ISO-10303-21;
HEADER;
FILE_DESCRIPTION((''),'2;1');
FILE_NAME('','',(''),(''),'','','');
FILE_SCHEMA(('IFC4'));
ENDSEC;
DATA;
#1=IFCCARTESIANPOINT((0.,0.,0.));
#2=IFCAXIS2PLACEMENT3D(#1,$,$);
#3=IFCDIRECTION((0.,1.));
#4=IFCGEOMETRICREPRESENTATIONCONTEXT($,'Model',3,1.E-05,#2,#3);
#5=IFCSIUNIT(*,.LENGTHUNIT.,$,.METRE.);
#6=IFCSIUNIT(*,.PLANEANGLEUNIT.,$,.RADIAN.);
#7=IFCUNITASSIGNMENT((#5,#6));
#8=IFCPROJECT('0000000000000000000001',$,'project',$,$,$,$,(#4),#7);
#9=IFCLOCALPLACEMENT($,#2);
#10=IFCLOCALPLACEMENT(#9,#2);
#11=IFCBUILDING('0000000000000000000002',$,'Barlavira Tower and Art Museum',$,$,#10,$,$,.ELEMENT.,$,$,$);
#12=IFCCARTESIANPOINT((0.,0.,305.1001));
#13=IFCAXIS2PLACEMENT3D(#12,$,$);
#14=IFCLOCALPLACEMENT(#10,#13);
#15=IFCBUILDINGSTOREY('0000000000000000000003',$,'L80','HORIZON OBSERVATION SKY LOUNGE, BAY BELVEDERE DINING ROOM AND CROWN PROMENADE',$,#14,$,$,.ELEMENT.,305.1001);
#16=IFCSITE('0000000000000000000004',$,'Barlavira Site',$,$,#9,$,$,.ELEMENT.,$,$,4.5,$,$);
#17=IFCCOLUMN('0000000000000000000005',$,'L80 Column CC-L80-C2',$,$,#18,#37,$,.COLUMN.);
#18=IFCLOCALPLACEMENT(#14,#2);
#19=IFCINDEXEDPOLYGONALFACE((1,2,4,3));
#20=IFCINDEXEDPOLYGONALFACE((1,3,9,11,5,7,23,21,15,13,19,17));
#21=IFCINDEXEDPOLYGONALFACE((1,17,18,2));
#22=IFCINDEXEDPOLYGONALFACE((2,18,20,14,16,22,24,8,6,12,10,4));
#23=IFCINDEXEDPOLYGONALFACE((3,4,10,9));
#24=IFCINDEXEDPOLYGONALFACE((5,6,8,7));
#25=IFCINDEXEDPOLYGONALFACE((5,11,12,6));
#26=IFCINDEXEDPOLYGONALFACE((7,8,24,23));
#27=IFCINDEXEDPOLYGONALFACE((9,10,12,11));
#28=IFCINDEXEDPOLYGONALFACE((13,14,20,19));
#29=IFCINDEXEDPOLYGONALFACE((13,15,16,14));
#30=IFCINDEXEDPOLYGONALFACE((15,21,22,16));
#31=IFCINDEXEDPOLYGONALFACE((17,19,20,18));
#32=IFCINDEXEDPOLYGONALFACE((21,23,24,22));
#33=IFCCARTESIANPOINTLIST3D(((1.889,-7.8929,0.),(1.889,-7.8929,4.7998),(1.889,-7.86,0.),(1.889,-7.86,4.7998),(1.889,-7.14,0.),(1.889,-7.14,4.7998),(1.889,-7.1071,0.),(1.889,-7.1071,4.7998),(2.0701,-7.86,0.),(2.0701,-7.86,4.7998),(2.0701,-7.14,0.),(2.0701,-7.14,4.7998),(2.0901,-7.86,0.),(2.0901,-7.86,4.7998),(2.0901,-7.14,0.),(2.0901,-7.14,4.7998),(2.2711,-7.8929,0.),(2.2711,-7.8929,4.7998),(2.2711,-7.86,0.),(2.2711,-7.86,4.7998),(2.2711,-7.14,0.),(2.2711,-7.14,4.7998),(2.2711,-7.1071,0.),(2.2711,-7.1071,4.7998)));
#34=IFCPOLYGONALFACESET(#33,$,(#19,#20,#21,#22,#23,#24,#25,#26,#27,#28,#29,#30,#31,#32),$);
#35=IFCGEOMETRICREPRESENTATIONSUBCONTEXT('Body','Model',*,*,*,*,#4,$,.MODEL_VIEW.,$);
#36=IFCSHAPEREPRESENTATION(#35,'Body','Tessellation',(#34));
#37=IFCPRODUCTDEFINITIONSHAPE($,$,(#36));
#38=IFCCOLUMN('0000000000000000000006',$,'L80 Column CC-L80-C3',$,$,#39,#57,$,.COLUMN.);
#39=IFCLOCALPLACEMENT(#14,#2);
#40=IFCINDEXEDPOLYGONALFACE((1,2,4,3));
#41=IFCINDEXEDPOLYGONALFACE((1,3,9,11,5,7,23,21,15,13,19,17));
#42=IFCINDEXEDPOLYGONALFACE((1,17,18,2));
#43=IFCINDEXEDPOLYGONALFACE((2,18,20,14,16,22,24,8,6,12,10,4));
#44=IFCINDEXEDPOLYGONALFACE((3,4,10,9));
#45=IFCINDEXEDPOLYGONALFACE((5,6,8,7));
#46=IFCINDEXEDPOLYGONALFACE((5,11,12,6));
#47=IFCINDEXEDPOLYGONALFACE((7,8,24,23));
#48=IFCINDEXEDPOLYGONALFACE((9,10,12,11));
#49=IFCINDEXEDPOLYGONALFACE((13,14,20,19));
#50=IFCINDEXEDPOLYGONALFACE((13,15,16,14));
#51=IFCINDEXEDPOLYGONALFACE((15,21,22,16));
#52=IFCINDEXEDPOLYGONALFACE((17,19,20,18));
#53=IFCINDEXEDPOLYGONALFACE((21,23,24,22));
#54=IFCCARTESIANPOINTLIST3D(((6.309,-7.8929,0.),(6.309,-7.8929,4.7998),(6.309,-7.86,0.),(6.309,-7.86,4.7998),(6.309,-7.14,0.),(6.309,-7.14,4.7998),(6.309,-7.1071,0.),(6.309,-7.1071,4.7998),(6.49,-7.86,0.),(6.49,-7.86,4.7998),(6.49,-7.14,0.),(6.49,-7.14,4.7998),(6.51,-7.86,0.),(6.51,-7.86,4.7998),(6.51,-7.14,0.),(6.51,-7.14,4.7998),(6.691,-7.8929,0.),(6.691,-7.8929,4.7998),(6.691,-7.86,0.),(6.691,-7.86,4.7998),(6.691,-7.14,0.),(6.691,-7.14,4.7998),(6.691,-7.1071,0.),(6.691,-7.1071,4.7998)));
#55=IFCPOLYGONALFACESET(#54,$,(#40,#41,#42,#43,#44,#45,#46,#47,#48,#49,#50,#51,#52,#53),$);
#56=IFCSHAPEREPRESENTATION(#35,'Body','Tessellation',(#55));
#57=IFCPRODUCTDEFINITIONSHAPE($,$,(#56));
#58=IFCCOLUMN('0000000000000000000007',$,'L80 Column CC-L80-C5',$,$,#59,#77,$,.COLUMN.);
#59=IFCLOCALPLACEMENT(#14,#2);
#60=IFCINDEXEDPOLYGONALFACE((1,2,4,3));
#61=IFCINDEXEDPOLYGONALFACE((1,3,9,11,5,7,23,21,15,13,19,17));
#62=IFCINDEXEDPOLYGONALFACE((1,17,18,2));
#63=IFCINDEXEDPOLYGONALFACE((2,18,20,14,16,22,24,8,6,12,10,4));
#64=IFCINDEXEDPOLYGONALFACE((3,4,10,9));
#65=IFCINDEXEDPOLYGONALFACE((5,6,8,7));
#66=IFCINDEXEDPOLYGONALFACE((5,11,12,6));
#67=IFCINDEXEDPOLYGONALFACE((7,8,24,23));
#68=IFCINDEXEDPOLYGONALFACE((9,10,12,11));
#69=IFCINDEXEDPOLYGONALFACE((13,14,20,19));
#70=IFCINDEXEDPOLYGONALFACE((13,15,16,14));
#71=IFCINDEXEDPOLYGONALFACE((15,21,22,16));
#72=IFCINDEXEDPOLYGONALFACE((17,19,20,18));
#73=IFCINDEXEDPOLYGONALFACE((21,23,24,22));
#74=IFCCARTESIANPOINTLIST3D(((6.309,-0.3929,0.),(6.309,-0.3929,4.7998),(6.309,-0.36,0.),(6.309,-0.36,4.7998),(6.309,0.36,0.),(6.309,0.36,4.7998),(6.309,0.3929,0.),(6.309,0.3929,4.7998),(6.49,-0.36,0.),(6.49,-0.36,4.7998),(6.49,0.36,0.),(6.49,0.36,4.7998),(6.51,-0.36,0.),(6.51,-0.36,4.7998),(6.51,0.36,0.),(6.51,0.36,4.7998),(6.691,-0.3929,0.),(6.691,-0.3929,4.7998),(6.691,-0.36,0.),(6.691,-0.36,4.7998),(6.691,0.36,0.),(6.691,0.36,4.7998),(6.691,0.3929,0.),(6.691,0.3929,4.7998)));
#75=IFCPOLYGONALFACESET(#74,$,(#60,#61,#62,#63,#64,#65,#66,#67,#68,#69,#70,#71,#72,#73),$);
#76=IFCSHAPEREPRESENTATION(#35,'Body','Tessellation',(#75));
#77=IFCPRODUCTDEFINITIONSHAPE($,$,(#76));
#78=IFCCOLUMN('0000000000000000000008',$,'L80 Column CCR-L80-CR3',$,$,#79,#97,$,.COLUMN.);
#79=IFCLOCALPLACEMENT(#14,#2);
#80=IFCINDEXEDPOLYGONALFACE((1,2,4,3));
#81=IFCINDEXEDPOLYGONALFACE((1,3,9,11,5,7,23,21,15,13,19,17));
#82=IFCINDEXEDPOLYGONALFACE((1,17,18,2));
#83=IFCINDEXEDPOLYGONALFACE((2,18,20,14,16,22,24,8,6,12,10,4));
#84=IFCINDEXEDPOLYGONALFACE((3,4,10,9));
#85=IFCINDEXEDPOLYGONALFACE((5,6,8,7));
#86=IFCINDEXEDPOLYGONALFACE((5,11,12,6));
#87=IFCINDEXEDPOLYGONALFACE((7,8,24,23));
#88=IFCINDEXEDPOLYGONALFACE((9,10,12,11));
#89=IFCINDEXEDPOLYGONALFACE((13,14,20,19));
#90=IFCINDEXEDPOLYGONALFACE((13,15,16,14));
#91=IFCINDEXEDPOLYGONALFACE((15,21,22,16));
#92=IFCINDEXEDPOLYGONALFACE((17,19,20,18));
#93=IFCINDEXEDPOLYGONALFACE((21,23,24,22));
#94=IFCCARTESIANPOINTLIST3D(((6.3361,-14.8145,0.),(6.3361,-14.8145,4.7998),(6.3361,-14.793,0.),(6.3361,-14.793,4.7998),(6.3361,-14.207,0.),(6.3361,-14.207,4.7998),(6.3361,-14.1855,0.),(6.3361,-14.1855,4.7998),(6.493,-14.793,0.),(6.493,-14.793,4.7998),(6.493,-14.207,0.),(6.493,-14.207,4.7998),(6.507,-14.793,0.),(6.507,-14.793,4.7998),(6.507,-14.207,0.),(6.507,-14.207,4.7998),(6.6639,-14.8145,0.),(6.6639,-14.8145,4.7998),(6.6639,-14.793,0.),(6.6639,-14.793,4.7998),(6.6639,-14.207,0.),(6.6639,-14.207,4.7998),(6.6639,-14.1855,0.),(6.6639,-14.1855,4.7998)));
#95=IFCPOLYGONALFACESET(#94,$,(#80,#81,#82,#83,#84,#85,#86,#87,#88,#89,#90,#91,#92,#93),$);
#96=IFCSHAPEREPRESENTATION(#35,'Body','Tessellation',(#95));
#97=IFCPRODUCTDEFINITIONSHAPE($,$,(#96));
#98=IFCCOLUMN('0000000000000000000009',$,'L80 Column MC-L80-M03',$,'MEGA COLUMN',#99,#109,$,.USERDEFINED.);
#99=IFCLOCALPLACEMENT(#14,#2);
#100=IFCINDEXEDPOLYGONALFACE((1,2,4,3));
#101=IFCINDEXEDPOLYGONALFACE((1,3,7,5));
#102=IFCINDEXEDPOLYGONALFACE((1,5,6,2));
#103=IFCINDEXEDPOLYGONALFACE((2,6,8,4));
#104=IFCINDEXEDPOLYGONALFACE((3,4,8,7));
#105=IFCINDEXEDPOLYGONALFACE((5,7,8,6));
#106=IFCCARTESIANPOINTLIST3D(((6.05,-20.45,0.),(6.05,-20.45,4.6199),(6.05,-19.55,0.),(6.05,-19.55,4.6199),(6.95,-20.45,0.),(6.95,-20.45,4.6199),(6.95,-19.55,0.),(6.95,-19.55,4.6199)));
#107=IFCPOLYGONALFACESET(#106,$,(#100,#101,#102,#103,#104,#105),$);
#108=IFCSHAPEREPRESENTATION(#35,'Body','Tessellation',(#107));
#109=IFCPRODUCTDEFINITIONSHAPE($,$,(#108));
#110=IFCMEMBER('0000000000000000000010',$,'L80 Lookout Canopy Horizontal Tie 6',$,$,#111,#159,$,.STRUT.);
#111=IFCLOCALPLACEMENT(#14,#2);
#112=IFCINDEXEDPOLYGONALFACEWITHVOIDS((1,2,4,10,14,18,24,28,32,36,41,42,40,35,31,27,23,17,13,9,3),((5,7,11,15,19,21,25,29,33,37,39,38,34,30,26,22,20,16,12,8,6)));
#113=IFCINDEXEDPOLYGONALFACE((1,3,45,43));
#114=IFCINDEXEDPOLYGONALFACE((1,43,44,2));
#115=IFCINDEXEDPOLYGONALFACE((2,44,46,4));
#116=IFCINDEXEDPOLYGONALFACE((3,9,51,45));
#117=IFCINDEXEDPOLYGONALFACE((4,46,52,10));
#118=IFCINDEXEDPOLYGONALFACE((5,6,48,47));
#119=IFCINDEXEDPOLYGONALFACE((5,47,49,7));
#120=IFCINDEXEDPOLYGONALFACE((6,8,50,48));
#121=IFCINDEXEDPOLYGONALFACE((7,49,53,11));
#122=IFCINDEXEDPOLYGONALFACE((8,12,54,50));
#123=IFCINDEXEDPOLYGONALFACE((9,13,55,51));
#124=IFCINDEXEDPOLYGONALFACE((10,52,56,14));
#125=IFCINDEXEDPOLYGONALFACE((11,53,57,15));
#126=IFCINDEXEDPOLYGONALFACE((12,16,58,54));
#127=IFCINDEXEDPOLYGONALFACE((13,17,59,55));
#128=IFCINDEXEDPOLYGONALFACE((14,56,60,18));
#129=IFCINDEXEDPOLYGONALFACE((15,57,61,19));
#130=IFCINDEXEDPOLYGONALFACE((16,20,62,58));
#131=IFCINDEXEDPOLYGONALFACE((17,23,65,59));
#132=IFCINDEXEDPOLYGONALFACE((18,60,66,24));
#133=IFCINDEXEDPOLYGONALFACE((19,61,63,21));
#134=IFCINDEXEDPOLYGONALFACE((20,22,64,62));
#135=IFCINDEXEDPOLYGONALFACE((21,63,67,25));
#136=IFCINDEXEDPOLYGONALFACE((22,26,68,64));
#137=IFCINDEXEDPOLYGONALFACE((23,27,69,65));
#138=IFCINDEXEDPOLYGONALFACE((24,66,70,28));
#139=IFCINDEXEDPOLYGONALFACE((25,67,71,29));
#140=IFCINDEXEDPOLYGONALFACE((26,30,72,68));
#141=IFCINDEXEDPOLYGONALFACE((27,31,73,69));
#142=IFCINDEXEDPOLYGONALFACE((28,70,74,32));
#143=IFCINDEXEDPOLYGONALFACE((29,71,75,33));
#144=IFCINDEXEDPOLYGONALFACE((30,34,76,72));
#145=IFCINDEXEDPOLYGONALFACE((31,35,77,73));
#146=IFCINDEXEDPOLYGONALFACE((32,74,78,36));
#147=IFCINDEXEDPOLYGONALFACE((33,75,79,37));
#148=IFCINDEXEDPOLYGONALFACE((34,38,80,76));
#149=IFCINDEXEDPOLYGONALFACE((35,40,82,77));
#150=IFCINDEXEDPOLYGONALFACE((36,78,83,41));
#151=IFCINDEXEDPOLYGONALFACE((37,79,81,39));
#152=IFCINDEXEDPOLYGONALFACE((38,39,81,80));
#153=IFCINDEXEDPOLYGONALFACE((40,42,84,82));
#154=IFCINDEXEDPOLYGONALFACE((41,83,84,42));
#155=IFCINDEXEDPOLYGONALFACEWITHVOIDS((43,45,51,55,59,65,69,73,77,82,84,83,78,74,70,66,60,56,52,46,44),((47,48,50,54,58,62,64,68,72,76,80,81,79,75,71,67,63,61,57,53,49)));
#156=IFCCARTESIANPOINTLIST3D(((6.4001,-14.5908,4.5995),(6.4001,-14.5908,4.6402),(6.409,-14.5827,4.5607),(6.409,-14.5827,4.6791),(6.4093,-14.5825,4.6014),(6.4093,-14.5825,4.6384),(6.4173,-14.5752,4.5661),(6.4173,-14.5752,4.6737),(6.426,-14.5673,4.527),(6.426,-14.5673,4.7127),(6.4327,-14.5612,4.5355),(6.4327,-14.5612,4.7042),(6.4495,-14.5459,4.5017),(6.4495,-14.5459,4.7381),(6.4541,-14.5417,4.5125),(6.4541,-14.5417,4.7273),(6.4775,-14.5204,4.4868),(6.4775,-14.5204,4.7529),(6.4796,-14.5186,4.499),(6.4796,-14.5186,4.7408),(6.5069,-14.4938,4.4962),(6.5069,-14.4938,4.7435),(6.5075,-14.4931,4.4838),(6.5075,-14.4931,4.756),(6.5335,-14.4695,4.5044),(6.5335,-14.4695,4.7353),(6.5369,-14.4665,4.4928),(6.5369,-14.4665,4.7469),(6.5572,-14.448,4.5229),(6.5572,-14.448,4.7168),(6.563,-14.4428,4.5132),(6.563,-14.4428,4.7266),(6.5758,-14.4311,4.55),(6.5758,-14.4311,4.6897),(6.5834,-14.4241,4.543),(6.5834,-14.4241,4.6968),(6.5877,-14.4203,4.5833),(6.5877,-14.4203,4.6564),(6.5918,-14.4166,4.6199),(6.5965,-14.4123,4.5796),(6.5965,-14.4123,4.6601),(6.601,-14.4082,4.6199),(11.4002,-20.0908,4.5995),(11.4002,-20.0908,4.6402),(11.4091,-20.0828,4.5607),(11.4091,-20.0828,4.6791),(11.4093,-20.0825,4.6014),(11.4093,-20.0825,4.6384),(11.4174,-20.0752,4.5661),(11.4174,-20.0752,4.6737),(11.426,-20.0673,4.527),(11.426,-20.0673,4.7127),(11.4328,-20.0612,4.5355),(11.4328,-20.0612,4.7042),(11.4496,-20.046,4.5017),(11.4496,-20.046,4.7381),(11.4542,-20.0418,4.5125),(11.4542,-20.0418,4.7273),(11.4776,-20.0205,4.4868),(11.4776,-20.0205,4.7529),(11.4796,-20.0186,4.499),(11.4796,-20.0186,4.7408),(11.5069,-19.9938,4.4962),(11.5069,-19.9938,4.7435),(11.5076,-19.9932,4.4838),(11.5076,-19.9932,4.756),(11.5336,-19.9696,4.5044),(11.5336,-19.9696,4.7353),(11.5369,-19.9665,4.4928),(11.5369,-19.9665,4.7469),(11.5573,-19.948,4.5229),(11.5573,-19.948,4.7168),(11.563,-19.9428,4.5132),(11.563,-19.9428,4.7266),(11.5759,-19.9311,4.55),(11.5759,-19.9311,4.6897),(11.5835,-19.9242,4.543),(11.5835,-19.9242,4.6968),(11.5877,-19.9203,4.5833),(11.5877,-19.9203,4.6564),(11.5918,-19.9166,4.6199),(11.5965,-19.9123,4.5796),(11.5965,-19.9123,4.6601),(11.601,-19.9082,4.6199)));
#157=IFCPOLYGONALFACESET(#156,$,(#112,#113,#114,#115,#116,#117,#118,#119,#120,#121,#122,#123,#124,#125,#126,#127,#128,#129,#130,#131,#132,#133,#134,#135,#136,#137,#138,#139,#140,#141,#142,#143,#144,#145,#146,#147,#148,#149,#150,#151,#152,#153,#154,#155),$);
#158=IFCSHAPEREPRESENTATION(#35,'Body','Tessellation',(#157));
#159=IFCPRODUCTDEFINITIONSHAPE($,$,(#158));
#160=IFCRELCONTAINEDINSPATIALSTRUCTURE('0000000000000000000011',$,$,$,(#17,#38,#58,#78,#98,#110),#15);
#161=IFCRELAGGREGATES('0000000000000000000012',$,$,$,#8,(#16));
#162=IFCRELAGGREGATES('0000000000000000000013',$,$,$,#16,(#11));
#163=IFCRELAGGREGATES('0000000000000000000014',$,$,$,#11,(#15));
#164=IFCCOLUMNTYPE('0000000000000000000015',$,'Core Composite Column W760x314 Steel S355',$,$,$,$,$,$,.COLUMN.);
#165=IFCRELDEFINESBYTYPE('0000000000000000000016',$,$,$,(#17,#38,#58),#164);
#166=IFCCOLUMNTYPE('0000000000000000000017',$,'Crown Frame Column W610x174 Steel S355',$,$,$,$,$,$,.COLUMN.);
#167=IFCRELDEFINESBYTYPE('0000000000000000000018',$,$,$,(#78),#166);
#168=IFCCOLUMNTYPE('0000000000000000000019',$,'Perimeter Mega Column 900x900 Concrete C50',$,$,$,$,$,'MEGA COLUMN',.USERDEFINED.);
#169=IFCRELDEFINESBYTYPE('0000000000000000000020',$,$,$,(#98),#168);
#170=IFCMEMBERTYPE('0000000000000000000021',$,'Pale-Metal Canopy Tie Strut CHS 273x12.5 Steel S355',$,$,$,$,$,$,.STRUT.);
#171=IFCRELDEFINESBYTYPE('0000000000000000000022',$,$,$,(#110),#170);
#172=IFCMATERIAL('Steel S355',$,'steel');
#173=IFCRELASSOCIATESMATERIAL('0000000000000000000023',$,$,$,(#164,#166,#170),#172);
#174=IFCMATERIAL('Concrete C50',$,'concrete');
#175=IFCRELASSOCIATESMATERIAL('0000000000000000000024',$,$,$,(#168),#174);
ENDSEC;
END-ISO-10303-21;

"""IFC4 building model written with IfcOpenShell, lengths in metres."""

from ifc_helpers import new_model, si_unit, direction, frame, origin, origin_2d, place, context, subcontext, project, spatial, rectangle, hollow_circle, i_section, extrude, material, material_profile, profile_set, type_object, element, save


model = new_model("IFC4")

# Units and contexts
model_context = context("Model", 3, precision=1e-05, world=origin(), true_north=direction((0.0, 1.0)))
body_context = subcontext(model_context, "Body", "Model", "MODEL_VIEW")
ifc_project = project(units=[si_unit("LENGTHUNIT", "METRE"), si_unit("PLANEANGLEUNIT", "RADIAN")], contexts=[model_context])

# Site, building, storey
site_placement = place(None, origin())
site = spatial("IfcSite", under=ifc_project, at=site_placement, Name="Barlavira Site", CompositionType="ELEMENT", RefElevation=4.5)
building_placement = place(site_placement, origin())
building = spatial("IfcBuilding", under=site, at=building_placement, Name="Barlavira Tower and Art Museum", CompositionType="ELEMENT")
storey_placement = place(building_placement, frame((0.0, 0.0, 305.1001)))
storey = spatial("IfcBuildingStorey", under=building, at=storey_placement, Name="L80", Description="HORIZON OBSERVATION SKY LOUNGE, BAY BELVEDERE DINING ROOM AND CROWN PROMENADE", CompositionType="ELEMENT", Elevation=305.1001)

# Columns
ifc_material_1 = material(Name="Steel S355", Category="steel")
ifc_material_profile_1 = material_profile(ifc_material_1, i_section(OverallWidth=0.3821, OverallDepth=0.7859, WebThickness=0.02, FlangeThickness=0.033, at=origin_2d()), Name="W760x314.0")
ifc_profile_set_1 = profile_set([ifc_material_profile_1], Name="Steel S355")
column_type_1 = type_object("IfcColumnType", Name="Core Composite Column W760x314 Steel S355", PredefinedType="COLUMN", material=ifc_profile_set_1)
for number, where, z_axis, x_axis, name in (
    (1, (2.0801, -7.5, 0.0), (0.0, 0.0, 1.0), (1.0, 0.0, 0.0), "L80 Column CC-L80-C2"),
    (2, (6.5, -7.5, 0.0), (0.0, 0.0, 1.0), (1.0, 0.0, 0.0), "L80 Column CC-L80-C3"),
    (3, (6.5, 0.0, 0.0), (0.0, 0.0, 1.0), (1.0, 0.0, 0.0), "L80 Column CC-L80-C5"),
):
    element("IfcColumn", number, at=place(storey_placement, frame(where, z_axis=z_axis, x_axis=x_axis)), inside=storey, type_object=column_type_1, Name=name, PredefinedType="COLUMN", context=body_context, shape_type="SweptSolid", body=[
        extrude(i_section(OverallWidth=0.3821, OverallDepth=0.7859, WebThickness=0.02, FlangeThickness=0.033, at=origin_2d()), origin(), (0.0, 0.0, 1.0), 4.7998),
    ])
ifc_material_profile_2 = material_profile(ifc_material_1, i_section(OverallWidth=0.3279, OverallDepth=0.6289, WebThickness=0.0139, FlangeThickness=0.0215, at=origin_2d()), Name="W610x174.0")
ifc_profile_set_2 = profile_set([ifc_material_profile_2], Name="Steel S355")
column_type_2 = type_object("IfcColumnType", Name="Crown Frame Column W610x174 Steel S355", PredefinedType="COLUMN", material=ifc_profile_set_2)
column_1_placement = place(storey_placement, frame((6.5, -14.5, 0.0), z_axis=(0.0, 0.0, 1.0), x_axis=(1.0, 0.0, 0.0)))
element("IfcColumn", 4, at=column_1_placement, inside=storey, type_object=column_type_2, Name="L80 Column CCR-L80-CR3", PredefinedType="COLUMN", context=body_context, shape_type="SweptSolid", body=[
    extrude(i_section(OverallWidth=0.3279, OverallDepth=0.6289, WebThickness=0.0139, FlangeThickness=0.0215, at=origin_2d()), origin(), (0.0, 0.0, 1.0), 4.7998),
])
ifc_material_2 = material(Name="Concrete C50", Category="concrete")
ifc_material_profile_3 = material_profile(ifc_material_2, rectangle(XDim=0.8999, YDim=0.8999, at=origin_2d()), Name="RC-COL 900x900")
ifc_profile_set_3 = profile_set([ifc_material_profile_3], Name="Concrete C50")
column_type_3 = type_object("IfcColumnType", Name="Perimeter Mega Column 900x900 Concrete C50", ElementType="MEGA COLUMN", PredefinedType="USERDEFINED", material=ifc_profile_set_3)
column_2_placement = place(storey_placement, frame((6.5, -20.0, 0.0), z_axis=(0.0, 0.0, 1.0), x_axis=(1.0, 0.0, 0.0)))
element("IfcColumn", 5, at=column_2_placement, inside=storey, type_object=column_type_3, Name="L80 Column MC-L80-M03", ObjectType="MEGA COLUMN", PredefinedType="USERDEFINED", context=body_context, shape_type="SweptSolid", body=[
    extrude(rectangle(XDim=0.8999, YDim=0.8999, at=origin_2d()), origin(), (0.0, 0.0, 1.0), 4.6199),
])

# Member
ifc_material_profile_4 = material_profile(ifc_material_1, hollow_circle(Radius=0.1365, WallThickness=0.0125, at=origin_2d()), Name="CHS 273.0x12.5")
ifc_profile_set_4 = profile_set([ifc_material_profile_4], Name="Steel S355")
member_type_1 = type_object("IfcMemberType", Name="Pale-Metal Canopy Tie Strut CHS 273x12.5 Steel S355", PredefinedType="STRUT", material=ifc_profile_set_4)
member_1_placement = place(storey_placement, frame((6.5, -14.5, 4.6199), z_axis=(0.672673, -0.73994, 0.0), x_axis=(0.73994, 0.672673, 0.0)))
element("IfcMember", 6, at=member_1_placement, inside=storey, type_object=member_type_1, Name="L80 Lookout Canopy Horizontal Tie 6", PredefinedType="STRUT", context=body_context, shape_type="SweptSolid", body=[
    extrude(hollow_circle(Radius=0.1365, WallThickness=0.0125, at=origin_2d()), origin(), (0.0, 0.0, 1.0), 7.4331),
])

save(model, "model.ifc")
